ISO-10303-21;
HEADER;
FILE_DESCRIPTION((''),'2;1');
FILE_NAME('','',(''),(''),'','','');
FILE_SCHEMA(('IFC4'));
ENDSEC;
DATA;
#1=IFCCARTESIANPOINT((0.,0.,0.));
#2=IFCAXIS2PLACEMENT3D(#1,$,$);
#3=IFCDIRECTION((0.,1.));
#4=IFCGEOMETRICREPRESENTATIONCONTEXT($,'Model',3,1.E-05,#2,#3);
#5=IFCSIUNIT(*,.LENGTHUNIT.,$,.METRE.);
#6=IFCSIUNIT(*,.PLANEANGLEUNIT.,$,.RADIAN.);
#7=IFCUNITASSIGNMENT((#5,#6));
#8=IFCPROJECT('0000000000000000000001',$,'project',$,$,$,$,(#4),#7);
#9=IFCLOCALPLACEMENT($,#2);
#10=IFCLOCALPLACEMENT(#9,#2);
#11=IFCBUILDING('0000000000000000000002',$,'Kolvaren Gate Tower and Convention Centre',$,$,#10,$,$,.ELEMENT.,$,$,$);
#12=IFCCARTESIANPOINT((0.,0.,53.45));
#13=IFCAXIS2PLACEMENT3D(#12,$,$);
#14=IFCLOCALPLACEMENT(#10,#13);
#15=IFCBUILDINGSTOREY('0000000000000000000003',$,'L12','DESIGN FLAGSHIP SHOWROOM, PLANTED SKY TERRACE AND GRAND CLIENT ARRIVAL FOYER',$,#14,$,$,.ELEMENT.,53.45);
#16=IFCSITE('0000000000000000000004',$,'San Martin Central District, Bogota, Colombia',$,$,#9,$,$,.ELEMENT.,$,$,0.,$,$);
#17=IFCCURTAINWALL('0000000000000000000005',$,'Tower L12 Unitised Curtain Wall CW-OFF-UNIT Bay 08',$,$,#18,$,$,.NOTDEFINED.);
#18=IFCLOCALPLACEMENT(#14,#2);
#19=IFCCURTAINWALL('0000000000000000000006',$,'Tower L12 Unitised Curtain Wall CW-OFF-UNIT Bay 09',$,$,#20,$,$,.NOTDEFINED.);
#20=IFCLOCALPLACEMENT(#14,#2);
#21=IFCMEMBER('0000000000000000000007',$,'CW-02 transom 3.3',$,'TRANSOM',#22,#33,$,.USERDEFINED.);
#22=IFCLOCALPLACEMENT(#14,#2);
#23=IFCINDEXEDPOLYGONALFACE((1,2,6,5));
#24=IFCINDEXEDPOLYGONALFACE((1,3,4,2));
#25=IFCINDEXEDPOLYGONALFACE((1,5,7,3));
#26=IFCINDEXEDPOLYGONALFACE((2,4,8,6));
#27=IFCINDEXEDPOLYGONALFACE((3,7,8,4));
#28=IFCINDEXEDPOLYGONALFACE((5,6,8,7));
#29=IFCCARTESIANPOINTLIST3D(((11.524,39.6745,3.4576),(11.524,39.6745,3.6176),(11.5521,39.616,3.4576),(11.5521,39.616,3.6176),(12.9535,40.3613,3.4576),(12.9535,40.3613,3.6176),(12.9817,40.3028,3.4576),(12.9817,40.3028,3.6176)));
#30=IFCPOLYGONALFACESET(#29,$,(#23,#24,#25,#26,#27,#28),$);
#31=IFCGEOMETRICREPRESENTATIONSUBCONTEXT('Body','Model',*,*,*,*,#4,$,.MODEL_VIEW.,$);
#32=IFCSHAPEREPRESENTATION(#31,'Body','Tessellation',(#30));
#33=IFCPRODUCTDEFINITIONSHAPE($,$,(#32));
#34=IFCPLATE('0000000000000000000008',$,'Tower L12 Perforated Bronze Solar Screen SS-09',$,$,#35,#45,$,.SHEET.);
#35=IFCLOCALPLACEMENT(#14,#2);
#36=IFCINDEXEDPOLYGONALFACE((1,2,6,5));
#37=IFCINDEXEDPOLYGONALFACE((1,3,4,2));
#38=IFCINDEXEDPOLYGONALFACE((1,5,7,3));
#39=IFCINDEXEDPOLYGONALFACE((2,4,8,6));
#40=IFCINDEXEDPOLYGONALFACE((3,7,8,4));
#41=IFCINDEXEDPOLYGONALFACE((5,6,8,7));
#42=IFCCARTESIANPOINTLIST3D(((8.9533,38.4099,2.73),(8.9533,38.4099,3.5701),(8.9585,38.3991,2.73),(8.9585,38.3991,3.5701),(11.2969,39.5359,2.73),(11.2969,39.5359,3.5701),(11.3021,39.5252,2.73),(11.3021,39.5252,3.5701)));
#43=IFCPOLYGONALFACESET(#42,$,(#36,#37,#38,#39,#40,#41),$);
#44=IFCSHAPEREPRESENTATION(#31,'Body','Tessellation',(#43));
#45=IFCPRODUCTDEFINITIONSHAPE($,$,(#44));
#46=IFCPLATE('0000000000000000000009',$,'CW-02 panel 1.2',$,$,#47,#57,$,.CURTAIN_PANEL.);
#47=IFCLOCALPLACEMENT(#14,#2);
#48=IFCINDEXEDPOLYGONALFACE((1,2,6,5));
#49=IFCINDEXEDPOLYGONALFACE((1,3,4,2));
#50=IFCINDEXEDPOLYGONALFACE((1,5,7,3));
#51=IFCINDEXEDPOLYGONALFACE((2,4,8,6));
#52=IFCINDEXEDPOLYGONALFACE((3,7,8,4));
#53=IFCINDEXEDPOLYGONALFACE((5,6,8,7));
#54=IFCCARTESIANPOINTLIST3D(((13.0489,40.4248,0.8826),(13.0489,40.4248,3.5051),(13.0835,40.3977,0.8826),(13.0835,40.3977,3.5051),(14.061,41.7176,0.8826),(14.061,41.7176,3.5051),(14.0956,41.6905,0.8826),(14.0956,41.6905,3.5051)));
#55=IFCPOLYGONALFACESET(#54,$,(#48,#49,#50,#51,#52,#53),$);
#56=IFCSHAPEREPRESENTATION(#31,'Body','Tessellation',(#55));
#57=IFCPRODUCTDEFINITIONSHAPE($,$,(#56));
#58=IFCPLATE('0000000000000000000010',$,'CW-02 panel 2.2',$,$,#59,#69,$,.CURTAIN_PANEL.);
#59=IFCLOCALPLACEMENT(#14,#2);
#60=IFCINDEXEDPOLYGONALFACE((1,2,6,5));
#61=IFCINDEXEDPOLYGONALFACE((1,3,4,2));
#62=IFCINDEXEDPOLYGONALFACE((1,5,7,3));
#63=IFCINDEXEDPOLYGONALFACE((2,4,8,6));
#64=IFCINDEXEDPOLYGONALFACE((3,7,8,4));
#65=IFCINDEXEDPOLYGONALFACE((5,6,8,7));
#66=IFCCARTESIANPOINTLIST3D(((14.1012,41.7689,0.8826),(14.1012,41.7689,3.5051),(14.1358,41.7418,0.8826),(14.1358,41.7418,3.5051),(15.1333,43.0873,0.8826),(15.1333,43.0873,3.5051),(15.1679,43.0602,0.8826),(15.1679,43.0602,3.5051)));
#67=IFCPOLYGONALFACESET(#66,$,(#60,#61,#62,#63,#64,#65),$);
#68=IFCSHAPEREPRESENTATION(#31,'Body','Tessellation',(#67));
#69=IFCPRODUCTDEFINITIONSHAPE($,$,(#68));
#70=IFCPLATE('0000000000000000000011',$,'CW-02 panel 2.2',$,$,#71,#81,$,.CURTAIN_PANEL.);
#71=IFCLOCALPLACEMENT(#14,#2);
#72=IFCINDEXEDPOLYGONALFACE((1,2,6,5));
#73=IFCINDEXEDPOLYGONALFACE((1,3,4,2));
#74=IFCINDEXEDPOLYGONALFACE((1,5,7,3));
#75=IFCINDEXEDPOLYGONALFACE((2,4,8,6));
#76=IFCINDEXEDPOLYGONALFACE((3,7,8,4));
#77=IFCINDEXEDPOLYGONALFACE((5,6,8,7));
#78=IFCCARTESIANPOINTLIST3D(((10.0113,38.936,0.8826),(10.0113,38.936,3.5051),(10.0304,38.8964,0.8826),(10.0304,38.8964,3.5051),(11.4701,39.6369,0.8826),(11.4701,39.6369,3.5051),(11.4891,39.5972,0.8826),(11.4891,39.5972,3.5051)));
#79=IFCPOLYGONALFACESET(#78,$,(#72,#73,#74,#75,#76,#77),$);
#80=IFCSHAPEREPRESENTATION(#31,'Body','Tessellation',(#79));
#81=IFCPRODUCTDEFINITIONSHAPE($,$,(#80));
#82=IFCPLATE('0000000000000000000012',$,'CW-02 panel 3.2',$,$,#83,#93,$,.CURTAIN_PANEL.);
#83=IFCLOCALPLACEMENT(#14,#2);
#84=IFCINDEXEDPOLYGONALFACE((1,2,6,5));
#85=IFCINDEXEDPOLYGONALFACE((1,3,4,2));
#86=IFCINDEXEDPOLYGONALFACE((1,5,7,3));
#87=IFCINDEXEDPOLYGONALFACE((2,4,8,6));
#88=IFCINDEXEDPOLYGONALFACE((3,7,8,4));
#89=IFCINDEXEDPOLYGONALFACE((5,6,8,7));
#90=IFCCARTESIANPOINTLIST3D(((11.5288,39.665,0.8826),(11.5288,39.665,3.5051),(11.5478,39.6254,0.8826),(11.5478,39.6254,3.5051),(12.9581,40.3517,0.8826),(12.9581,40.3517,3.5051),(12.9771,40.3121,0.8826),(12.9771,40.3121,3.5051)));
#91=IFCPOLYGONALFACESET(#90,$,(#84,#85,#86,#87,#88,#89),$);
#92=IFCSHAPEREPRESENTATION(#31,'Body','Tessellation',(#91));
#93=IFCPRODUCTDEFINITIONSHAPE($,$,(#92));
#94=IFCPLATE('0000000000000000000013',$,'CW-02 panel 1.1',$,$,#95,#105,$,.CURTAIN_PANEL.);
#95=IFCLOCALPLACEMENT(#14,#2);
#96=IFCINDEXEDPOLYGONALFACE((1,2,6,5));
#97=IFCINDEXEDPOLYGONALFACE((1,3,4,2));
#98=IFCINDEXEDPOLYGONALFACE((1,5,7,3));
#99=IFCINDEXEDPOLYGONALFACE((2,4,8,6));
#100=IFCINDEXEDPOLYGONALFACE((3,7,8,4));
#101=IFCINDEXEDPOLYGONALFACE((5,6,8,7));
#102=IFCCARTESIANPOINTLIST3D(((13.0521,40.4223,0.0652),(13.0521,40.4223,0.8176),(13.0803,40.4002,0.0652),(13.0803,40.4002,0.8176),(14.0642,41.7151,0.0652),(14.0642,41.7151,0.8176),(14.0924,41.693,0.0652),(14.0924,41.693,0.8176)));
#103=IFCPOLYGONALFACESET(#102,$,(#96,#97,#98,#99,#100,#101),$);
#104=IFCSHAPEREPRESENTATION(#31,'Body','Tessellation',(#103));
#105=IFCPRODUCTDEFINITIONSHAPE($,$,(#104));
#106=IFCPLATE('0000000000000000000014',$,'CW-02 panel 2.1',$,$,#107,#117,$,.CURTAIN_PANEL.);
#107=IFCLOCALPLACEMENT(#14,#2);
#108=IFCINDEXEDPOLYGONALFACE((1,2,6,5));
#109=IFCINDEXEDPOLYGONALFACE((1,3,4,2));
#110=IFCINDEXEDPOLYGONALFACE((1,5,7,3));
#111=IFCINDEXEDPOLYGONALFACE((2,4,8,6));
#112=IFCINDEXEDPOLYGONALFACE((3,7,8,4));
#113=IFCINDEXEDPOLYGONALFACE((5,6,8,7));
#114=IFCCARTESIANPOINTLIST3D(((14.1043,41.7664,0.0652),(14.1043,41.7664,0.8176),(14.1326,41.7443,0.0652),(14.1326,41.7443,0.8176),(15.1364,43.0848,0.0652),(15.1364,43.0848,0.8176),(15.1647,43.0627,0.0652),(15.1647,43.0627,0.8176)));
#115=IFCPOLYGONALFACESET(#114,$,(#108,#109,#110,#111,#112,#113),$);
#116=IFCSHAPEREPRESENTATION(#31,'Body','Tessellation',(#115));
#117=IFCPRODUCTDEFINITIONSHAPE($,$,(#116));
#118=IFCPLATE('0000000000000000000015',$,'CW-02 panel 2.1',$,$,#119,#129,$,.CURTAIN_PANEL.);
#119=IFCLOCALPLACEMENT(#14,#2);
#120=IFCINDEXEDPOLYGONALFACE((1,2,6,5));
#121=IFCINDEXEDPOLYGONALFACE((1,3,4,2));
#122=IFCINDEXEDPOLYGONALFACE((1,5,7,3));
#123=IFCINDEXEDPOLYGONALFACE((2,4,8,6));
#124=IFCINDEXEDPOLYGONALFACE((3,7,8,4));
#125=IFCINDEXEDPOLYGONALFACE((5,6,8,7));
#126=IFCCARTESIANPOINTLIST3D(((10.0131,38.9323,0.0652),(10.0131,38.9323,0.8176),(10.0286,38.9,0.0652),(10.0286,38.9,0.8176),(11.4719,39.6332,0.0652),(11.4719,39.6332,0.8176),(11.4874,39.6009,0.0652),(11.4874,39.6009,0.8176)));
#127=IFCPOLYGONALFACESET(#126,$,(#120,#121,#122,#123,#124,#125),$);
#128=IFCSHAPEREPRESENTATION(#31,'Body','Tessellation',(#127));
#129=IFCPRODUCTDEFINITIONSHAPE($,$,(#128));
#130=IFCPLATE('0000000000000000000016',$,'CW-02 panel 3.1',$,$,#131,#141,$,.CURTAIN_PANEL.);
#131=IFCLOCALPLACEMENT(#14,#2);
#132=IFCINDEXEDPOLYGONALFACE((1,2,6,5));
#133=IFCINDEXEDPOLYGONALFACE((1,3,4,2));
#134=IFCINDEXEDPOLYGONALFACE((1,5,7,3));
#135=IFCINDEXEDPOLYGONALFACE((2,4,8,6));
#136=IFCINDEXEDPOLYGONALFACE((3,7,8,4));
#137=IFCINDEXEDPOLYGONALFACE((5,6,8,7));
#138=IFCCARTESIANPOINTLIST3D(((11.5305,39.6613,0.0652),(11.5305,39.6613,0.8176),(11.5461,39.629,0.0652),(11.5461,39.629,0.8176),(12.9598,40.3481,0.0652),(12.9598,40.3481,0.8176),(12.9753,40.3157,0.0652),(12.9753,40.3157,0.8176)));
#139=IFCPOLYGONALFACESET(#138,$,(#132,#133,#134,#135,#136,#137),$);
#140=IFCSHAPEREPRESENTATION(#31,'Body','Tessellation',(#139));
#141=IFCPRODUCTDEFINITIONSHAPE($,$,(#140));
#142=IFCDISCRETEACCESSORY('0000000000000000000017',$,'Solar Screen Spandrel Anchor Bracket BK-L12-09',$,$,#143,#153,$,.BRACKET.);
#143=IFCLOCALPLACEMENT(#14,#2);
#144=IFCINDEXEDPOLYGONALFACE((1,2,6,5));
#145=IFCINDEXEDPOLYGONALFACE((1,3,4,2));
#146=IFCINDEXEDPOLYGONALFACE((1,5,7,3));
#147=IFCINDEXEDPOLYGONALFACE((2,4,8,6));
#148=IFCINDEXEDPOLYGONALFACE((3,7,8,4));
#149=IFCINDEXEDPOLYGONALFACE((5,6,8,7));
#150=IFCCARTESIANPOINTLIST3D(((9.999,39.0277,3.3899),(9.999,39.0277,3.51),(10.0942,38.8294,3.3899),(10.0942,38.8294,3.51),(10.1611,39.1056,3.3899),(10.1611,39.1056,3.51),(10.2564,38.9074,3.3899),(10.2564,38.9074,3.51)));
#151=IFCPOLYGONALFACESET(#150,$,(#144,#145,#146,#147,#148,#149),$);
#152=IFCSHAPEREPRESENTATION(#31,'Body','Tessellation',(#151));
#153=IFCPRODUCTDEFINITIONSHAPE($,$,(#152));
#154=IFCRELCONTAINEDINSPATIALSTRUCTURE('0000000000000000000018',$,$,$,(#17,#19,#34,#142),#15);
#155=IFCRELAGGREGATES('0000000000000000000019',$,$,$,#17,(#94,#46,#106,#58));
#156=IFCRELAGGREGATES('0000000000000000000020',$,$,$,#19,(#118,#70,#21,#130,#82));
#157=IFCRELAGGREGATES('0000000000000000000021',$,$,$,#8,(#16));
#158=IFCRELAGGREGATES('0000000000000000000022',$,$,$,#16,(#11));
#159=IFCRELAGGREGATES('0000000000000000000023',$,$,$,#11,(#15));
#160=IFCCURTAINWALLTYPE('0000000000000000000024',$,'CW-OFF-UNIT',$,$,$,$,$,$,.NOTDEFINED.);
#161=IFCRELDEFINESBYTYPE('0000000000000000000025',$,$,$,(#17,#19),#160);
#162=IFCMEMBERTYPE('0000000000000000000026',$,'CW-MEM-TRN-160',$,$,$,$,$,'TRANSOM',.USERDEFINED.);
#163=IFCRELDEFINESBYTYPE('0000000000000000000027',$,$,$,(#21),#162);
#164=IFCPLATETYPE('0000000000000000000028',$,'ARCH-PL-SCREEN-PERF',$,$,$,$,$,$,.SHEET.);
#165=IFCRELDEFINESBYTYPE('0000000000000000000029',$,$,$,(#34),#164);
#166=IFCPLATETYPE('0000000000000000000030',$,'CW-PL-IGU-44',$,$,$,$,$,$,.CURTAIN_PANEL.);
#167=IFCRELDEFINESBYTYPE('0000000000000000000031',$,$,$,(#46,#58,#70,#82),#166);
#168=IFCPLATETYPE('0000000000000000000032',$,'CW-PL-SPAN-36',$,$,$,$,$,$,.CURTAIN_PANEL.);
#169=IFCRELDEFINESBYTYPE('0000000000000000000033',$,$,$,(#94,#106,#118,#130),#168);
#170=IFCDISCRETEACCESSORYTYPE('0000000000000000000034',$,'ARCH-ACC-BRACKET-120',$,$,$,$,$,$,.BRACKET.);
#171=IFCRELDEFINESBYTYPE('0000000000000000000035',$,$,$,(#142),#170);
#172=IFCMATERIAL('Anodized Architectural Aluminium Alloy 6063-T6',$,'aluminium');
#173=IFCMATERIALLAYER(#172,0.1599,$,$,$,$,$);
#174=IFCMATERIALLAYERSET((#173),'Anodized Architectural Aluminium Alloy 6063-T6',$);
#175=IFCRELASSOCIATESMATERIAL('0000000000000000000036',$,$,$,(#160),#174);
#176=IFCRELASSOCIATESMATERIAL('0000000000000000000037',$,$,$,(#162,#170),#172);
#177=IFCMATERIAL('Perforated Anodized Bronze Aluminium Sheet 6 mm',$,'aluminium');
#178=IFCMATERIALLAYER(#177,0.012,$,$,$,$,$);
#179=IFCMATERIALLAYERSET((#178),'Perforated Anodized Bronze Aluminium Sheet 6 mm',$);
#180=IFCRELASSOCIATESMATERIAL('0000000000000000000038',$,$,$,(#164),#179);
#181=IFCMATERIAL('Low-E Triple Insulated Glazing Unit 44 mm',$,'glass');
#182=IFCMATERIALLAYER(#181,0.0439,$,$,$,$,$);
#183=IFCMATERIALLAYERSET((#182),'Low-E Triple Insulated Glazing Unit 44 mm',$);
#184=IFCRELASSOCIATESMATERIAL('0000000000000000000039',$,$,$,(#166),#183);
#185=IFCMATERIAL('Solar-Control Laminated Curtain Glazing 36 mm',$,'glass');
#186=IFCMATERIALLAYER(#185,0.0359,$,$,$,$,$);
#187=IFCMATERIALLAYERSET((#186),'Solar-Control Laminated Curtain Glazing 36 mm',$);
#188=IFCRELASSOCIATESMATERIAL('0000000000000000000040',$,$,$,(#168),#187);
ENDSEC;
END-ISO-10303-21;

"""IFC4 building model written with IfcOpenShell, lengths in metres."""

from ifc_helpers import new_model, si_unit, direction, frame, origin, origin_2d, place, context, subcontext, project, spatial, rectangle, extrude, material, layer, layer_set, material_profile, profile_set, type_object, element, aggregate, save


model = new_model("IFC4")

# Units and contexts
model_context = context("Model", 3, precision=1e-05, world=origin(), true_north=direction((0.0, 1.0)))
body_context = subcontext(model_context, "Body", "Model", "MODEL_VIEW")
ifc_project = project(units=[si_unit("LENGTHUNIT", "METRE"), si_unit("PLANEANGLEUNIT", "RADIAN")], contexts=[model_context])

# Site, building, storey
site_placement = place(None, origin())
site = spatial("IfcSite", under=ifc_project, at=site_placement, Name="San Martin Central District, Bogota, Colombia", CompositionType="ELEMENT", RefElevation=0.0)
building_placement = place(site_placement, origin())
building = spatial("IfcBuilding", under=site, at=building_placement, Name="Kolvaren Gate Tower and Convention Centre", CompositionType="ELEMENT")
storey_placement = place(building_placement, frame((0.0, 0.0, 53.45)))
storey = spatial("IfcBuildingStorey", under=building, at=storey_placement, Name="L12", Description="DESIGN FLAGSHIP SHOWROOM, PLANTED SKY TERRACE AND GRAND CLIENT ARRIVAL FOYER", CompositionType="ELEMENT", Elevation=53.45)

# Curtain walls
ifc_material_1 = material(Name="Anodized Architectural Aluminium Alloy 6063-T6", Category="aluminium")
ifc_layer_1 = layer(ifc_material_1, 0.1599)
ifc_layer_set_1 = layer_set([ifc_layer_1], Name="Anodized Architectural Aluminium Alloy 6063-T6")
curtain_wall_type = type_object("IfcCurtainWallType", Name="CW-OFF-UNIT", PredefinedType="NOTDEFINED", material=ifc_layer_set_1)
curtain_wall_1_placement = place(storey_placement, origin())
curtain_wall_1 = element("IfcCurtainWall", 1, at=curtain_wall_1_placement, inside=storey, type_object=curtain_wall_type, Name="Tower L12 Unitised Curtain Wall CW-OFF-UNIT Bay 08", PredefinedType="NOTDEFINED")
curtain_wall_2_placement = place(storey_placement, origin())
curtain_wall_2 = element("IfcCurtainWall", 2, at=curtain_wall_2_placement, inside=storey, type_object=curtain_wall_type, Name="Tower L12 Unitised Curtain Wall CW-OFF-UNIT Bay 09", PredefinedType="NOTDEFINED")

# Member
ifc_material_profile_1 = material_profile(ifc_material_1, rectangle(XDim=0.0649, YDim=0.1599, at=origin_2d()), Name="CW-MEM-TRN-160")
ifc_profile_set_1 = profile_set([ifc_material_profile_1], Name="Anodized Architectural Aluminium Alloy 6063-T6")
member_type_1 = type_object("IfcMemberType", Name="CW-MEM-TRN-160", ElementType="TRANSOM", PredefinedType="USERDEFINED", material=ifc_profile_set_1)
member_1_placement = place(storey_placement, frame((11.5381, 39.6453, 3.5376), z_axis=(0.901367, 0.433056, 0.0), x_axis=(-0.433056, 0.901367, 0.0)))
member_1 = element("IfcMember", 3, at=member_1_placement, type_object=member_type_1, Name="CW-02 transom 3.3", ObjectType="TRANSOM", PredefinedType="USERDEFINED", context=body_context, shape_type="SweptSolid", body=[
    extrude(rectangle(XDim=0.0649, YDim=0.1599, at=origin_2d()), origin(), (0.0, 0.0, 1.0), 1.5859),
])

# Plates
ifc_material_2 = material(Name="Perforated Anodized Bronze Aluminium Sheet 6 mm", Category="aluminium")
ifc_layer_2 = layer(ifc_material_2, 0.012)
ifc_layer_set_2 = layer_set([ifc_layer_2], Name="Perforated Anodized Bronze Aluminium Sheet 6 mm")
plate_type_1 = type_object("IfcPlateType", Name="ARCH-PL-SCREEN-PERF", PredefinedType="SHEET", material=ifc_layer_set_2)
plate_1_placement = place(storey_placement, frame((10.1277, 38.9675, 2.73), z_axis=(0.0, 0.0, 1.0), x_axis=(0.901358, 0.433076, 0.0)))
element("IfcPlate", 4, at=plate_1_placement, inside=storey, type_object=plate_type_1, Name="Tower L12 Perforated Bronze Solar Screen SS-09", PredefinedType="SHEET", context=body_context, shape_type="SweptSolid", body=[
    extrude(rectangle(XDim=2.6001, YDim=0.012, at=origin_2d()), origin(), (0.0, 0.0, 1.0), 0.8401),
])
ifc_material_3 = material(Name="Low-E Triple Insulated Glazing Unit 44 mm", Category="glass")
ifc_layer_3 = layer(ifc_material_3, 0.0439)
ifc_layer_set_3 = layer_set([ifc_layer_3], Name="Low-E Triple Insulated Glazing Unit 44 mm")
plate_type_2 = type_object("IfcPlateType", Name="CW-PL-IGU-44", PredefinedType="CURTAIN_PANEL", material=ifc_layer_set_3)
plate_2_placement = place(storey_placement, frame((13.5723, 41.0576, 0.8826), z_axis=(0.0, 0.0, 1.0), x_axis=(0.616438, 0.787403, 0.0)))
plate_2 = element("IfcPlate", 5, at=plate_2_placement, type_object=plate_type_2, Name="CW-02 panel 1.2", PredefinedType="CURTAIN_PANEL", context=body_context, shape_type="SweptSolid", body=[
    extrude(rectangle(XDim=1.6418, YDim=0.0439, at=origin_2d()), origin(), (0.0, 0.0, 1.0), 2.6226),
])
plate_3_placement = place(storey_placement, frame((14.6345, 42.4146, 0.8826), z_axis=(0.0, 0.0, 1.0), x_axis=(0.616438, 0.787403, 0.0)))
plate_3 = element("IfcPlate", 6, at=plate_3_placement, type_object=plate_type_2, Name="CW-02 panel 2.2", PredefinedType="CURTAIN_PANEL", context=body_context, shape_type="SweptSolid", body=[
    extrude(rectangle(XDim=1.6743, YDim=0.0439, at=origin_2d()), origin(), (0.0, 0.0, 1.0), 2.6226),
])
plate_4_placement = place(storey_placement, frame((10.7502, 39.2666, 0.8826), z_axis=(0.0, 0.0, 1.0), x_axis=(0.901358, 0.433075, 0.0)))
plate_4 = element("IfcPlate", 7, at=plate_4_placement, type_object=plate_type_2, Name="CW-02 panel 2.2", PredefinedType="CURTAIN_PANEL", context=body_context, shape_type="SweptSolid", body=[
    extrude(rectangle(XDim=1.6184, YDim=0.0439, at=origin_2d()), origin(), (0.0, 0.0, 1.0), 2.6226),
])
plate_5_placement = place(storey_placement, frame((12.2529, 39.9885, 0.8826), z_axis=(0.0, 0.0, 1.0), x_axis=(0.901358, 0.433075, 0.0)))
plate_5 = element("IfcPlate", 8, at=plate_5_placement, type_object=plate_type_2, Name="CW-02 panel 3.2", PredefinedType="CURTAIN_PANEL", context=body_context, shape_type="SweptSolid", body=[
    extrude(rectangle(XDim=1.5857, YDim=0.0439, at=origin_2d()), origin(), (0.0, 0.0, 1.0), 2.6226),
])
ifc_material_4 = material(Name="Solar-Control Laminated Curtain Glazing 36 mm", Category="glass")
ifc_layer_4 = layer(ifc_material_4, 0.0359)
ifc_layer_set_4 = layer_set([ifc_layer_4], Name="Solar-Control Laminated Curtain Glazing 36 mm")
plate_type_3 = type_object("IfcPlateType", Name="CW-PL-SPAN-36", PredefinedType="CURTAIN_PANEL", material=ifc_layer_set_4)
plate_6_placement = place(storey_placement, frame((13.5723, 41.0576, 0.0652), z_axis=(0.0, 0.0, 1.0), x_axis=(0.616438, 0.787403, 0.0)))
plate_6 = element("IfcPlate", 9, at=plate_6_placement, type_object=plate_type_3, Name="CW-02 panel 1.1", PredefinedType="CURTAIN_PANEL", context=body_context, shape_type="SweptSolid", body=[
    extrude(rectangle(XDim=1.6418, YDim=0.0359, at=origin_2d()), origin(), (0.0, 0.0, 1.0), 0.7524),
])
plate_7_placement = place(storey_placement, frame((14.6345, 42.4146, 0.0652), z_axis=(0.0, 0.0, 1.0), x_axis=(0.616438, 0.787403, 0.0)))
plate_7 = element("IfcPlate", 10, at=plate_7_placement, type_object=plate_type_3, Name="CW-02 panel 2.1", PredefinedType="CURTAIN_PANEL", context=body_context, shape_type="SweptSolid", body=[
    extrude(rectangle(XDim=1.6743, YDim=0.0359, at=origin_2d()), origin(), (0.0, 0.0, 1.0), 0.7524),
])
aggregate(curtain_wall_1, [plate_6, plate_2, plate_7, plate_3])
plate_8_placement = place(storey_placement, frame((10.7502, 39.2666, 0.0652), z_axis=(0.0, 0.0, 1.0), x_axis=(0.901358, 0.433075, 0.0)))
plate_8 = element("IfcPlate", 11, at=plate_8_placement, type_object=plate_type_3, Name="CW-02 panel 2.1", PredefinedType="CURTAIN_PANEL", context=body_context, shape_type="SweptSolid", body=[
    extrude(rectangle(XDim=1.6184, YDim=0.0359, at=origin_2d()), origin(), (0.0, 0.0, 1.0), 0.7524),
])
plate_9_placement = place(storey_placement, frame((12.2529, 39.9885, 0.0652), z_axis=(0.0, 0.0, 1.0), x_axis=(0.901358, 0.433075, 0.0)))
plate_9 = element("IfcPlate", 12, at=plate_9_placement, type_object=plate_type_3, Name="CW-02 panel 3.1", PredefinedType="CURTAIN_PANEL", context=body_context, shape_type="SweptSolid", body=[
    extrude(rectangle(XDim=1.5857, YDim=0.0359, at=origin_2d()), origin(), (0.0, 0.0, 1.0), 0.7524),
])
aggregate(curtain_wall_2, [plate_8, plate_4, member_1, plate_9, plate_5])

# Discrete accessory
discrete_accessory_type = type_object("IfcDiscreteAccessoryType", Name="ARCH-ACC-BRACKET-120", PredefinedType="BRACKET", material=ifc_material_1)
discrete_accessory_placement = place(storey_placement, frame((10.1277, 38.9675, 3.3899), z_axis=(0.0, 0.0, 1.0), x_axis=(0.901358, 0.433076, 0.0)))
element("IfcDiscreteAccessory", 13, at=discrete_accessory_placement, inside=storey, type_object=discrete_accessory_type, Name="Solar Screen Spandrel Anchor Bracket BK-L12-09", PredefinedType="BRACKET", context=body_context, shape_type="SweptSolid", body=[
    extrude(rectangle(XDim=0.1799, YDim=0.22, at=origin_2d()), origin(), (0.0, 0.0, 1.0), 0.1201),
])

save(model, "model.ifc")
